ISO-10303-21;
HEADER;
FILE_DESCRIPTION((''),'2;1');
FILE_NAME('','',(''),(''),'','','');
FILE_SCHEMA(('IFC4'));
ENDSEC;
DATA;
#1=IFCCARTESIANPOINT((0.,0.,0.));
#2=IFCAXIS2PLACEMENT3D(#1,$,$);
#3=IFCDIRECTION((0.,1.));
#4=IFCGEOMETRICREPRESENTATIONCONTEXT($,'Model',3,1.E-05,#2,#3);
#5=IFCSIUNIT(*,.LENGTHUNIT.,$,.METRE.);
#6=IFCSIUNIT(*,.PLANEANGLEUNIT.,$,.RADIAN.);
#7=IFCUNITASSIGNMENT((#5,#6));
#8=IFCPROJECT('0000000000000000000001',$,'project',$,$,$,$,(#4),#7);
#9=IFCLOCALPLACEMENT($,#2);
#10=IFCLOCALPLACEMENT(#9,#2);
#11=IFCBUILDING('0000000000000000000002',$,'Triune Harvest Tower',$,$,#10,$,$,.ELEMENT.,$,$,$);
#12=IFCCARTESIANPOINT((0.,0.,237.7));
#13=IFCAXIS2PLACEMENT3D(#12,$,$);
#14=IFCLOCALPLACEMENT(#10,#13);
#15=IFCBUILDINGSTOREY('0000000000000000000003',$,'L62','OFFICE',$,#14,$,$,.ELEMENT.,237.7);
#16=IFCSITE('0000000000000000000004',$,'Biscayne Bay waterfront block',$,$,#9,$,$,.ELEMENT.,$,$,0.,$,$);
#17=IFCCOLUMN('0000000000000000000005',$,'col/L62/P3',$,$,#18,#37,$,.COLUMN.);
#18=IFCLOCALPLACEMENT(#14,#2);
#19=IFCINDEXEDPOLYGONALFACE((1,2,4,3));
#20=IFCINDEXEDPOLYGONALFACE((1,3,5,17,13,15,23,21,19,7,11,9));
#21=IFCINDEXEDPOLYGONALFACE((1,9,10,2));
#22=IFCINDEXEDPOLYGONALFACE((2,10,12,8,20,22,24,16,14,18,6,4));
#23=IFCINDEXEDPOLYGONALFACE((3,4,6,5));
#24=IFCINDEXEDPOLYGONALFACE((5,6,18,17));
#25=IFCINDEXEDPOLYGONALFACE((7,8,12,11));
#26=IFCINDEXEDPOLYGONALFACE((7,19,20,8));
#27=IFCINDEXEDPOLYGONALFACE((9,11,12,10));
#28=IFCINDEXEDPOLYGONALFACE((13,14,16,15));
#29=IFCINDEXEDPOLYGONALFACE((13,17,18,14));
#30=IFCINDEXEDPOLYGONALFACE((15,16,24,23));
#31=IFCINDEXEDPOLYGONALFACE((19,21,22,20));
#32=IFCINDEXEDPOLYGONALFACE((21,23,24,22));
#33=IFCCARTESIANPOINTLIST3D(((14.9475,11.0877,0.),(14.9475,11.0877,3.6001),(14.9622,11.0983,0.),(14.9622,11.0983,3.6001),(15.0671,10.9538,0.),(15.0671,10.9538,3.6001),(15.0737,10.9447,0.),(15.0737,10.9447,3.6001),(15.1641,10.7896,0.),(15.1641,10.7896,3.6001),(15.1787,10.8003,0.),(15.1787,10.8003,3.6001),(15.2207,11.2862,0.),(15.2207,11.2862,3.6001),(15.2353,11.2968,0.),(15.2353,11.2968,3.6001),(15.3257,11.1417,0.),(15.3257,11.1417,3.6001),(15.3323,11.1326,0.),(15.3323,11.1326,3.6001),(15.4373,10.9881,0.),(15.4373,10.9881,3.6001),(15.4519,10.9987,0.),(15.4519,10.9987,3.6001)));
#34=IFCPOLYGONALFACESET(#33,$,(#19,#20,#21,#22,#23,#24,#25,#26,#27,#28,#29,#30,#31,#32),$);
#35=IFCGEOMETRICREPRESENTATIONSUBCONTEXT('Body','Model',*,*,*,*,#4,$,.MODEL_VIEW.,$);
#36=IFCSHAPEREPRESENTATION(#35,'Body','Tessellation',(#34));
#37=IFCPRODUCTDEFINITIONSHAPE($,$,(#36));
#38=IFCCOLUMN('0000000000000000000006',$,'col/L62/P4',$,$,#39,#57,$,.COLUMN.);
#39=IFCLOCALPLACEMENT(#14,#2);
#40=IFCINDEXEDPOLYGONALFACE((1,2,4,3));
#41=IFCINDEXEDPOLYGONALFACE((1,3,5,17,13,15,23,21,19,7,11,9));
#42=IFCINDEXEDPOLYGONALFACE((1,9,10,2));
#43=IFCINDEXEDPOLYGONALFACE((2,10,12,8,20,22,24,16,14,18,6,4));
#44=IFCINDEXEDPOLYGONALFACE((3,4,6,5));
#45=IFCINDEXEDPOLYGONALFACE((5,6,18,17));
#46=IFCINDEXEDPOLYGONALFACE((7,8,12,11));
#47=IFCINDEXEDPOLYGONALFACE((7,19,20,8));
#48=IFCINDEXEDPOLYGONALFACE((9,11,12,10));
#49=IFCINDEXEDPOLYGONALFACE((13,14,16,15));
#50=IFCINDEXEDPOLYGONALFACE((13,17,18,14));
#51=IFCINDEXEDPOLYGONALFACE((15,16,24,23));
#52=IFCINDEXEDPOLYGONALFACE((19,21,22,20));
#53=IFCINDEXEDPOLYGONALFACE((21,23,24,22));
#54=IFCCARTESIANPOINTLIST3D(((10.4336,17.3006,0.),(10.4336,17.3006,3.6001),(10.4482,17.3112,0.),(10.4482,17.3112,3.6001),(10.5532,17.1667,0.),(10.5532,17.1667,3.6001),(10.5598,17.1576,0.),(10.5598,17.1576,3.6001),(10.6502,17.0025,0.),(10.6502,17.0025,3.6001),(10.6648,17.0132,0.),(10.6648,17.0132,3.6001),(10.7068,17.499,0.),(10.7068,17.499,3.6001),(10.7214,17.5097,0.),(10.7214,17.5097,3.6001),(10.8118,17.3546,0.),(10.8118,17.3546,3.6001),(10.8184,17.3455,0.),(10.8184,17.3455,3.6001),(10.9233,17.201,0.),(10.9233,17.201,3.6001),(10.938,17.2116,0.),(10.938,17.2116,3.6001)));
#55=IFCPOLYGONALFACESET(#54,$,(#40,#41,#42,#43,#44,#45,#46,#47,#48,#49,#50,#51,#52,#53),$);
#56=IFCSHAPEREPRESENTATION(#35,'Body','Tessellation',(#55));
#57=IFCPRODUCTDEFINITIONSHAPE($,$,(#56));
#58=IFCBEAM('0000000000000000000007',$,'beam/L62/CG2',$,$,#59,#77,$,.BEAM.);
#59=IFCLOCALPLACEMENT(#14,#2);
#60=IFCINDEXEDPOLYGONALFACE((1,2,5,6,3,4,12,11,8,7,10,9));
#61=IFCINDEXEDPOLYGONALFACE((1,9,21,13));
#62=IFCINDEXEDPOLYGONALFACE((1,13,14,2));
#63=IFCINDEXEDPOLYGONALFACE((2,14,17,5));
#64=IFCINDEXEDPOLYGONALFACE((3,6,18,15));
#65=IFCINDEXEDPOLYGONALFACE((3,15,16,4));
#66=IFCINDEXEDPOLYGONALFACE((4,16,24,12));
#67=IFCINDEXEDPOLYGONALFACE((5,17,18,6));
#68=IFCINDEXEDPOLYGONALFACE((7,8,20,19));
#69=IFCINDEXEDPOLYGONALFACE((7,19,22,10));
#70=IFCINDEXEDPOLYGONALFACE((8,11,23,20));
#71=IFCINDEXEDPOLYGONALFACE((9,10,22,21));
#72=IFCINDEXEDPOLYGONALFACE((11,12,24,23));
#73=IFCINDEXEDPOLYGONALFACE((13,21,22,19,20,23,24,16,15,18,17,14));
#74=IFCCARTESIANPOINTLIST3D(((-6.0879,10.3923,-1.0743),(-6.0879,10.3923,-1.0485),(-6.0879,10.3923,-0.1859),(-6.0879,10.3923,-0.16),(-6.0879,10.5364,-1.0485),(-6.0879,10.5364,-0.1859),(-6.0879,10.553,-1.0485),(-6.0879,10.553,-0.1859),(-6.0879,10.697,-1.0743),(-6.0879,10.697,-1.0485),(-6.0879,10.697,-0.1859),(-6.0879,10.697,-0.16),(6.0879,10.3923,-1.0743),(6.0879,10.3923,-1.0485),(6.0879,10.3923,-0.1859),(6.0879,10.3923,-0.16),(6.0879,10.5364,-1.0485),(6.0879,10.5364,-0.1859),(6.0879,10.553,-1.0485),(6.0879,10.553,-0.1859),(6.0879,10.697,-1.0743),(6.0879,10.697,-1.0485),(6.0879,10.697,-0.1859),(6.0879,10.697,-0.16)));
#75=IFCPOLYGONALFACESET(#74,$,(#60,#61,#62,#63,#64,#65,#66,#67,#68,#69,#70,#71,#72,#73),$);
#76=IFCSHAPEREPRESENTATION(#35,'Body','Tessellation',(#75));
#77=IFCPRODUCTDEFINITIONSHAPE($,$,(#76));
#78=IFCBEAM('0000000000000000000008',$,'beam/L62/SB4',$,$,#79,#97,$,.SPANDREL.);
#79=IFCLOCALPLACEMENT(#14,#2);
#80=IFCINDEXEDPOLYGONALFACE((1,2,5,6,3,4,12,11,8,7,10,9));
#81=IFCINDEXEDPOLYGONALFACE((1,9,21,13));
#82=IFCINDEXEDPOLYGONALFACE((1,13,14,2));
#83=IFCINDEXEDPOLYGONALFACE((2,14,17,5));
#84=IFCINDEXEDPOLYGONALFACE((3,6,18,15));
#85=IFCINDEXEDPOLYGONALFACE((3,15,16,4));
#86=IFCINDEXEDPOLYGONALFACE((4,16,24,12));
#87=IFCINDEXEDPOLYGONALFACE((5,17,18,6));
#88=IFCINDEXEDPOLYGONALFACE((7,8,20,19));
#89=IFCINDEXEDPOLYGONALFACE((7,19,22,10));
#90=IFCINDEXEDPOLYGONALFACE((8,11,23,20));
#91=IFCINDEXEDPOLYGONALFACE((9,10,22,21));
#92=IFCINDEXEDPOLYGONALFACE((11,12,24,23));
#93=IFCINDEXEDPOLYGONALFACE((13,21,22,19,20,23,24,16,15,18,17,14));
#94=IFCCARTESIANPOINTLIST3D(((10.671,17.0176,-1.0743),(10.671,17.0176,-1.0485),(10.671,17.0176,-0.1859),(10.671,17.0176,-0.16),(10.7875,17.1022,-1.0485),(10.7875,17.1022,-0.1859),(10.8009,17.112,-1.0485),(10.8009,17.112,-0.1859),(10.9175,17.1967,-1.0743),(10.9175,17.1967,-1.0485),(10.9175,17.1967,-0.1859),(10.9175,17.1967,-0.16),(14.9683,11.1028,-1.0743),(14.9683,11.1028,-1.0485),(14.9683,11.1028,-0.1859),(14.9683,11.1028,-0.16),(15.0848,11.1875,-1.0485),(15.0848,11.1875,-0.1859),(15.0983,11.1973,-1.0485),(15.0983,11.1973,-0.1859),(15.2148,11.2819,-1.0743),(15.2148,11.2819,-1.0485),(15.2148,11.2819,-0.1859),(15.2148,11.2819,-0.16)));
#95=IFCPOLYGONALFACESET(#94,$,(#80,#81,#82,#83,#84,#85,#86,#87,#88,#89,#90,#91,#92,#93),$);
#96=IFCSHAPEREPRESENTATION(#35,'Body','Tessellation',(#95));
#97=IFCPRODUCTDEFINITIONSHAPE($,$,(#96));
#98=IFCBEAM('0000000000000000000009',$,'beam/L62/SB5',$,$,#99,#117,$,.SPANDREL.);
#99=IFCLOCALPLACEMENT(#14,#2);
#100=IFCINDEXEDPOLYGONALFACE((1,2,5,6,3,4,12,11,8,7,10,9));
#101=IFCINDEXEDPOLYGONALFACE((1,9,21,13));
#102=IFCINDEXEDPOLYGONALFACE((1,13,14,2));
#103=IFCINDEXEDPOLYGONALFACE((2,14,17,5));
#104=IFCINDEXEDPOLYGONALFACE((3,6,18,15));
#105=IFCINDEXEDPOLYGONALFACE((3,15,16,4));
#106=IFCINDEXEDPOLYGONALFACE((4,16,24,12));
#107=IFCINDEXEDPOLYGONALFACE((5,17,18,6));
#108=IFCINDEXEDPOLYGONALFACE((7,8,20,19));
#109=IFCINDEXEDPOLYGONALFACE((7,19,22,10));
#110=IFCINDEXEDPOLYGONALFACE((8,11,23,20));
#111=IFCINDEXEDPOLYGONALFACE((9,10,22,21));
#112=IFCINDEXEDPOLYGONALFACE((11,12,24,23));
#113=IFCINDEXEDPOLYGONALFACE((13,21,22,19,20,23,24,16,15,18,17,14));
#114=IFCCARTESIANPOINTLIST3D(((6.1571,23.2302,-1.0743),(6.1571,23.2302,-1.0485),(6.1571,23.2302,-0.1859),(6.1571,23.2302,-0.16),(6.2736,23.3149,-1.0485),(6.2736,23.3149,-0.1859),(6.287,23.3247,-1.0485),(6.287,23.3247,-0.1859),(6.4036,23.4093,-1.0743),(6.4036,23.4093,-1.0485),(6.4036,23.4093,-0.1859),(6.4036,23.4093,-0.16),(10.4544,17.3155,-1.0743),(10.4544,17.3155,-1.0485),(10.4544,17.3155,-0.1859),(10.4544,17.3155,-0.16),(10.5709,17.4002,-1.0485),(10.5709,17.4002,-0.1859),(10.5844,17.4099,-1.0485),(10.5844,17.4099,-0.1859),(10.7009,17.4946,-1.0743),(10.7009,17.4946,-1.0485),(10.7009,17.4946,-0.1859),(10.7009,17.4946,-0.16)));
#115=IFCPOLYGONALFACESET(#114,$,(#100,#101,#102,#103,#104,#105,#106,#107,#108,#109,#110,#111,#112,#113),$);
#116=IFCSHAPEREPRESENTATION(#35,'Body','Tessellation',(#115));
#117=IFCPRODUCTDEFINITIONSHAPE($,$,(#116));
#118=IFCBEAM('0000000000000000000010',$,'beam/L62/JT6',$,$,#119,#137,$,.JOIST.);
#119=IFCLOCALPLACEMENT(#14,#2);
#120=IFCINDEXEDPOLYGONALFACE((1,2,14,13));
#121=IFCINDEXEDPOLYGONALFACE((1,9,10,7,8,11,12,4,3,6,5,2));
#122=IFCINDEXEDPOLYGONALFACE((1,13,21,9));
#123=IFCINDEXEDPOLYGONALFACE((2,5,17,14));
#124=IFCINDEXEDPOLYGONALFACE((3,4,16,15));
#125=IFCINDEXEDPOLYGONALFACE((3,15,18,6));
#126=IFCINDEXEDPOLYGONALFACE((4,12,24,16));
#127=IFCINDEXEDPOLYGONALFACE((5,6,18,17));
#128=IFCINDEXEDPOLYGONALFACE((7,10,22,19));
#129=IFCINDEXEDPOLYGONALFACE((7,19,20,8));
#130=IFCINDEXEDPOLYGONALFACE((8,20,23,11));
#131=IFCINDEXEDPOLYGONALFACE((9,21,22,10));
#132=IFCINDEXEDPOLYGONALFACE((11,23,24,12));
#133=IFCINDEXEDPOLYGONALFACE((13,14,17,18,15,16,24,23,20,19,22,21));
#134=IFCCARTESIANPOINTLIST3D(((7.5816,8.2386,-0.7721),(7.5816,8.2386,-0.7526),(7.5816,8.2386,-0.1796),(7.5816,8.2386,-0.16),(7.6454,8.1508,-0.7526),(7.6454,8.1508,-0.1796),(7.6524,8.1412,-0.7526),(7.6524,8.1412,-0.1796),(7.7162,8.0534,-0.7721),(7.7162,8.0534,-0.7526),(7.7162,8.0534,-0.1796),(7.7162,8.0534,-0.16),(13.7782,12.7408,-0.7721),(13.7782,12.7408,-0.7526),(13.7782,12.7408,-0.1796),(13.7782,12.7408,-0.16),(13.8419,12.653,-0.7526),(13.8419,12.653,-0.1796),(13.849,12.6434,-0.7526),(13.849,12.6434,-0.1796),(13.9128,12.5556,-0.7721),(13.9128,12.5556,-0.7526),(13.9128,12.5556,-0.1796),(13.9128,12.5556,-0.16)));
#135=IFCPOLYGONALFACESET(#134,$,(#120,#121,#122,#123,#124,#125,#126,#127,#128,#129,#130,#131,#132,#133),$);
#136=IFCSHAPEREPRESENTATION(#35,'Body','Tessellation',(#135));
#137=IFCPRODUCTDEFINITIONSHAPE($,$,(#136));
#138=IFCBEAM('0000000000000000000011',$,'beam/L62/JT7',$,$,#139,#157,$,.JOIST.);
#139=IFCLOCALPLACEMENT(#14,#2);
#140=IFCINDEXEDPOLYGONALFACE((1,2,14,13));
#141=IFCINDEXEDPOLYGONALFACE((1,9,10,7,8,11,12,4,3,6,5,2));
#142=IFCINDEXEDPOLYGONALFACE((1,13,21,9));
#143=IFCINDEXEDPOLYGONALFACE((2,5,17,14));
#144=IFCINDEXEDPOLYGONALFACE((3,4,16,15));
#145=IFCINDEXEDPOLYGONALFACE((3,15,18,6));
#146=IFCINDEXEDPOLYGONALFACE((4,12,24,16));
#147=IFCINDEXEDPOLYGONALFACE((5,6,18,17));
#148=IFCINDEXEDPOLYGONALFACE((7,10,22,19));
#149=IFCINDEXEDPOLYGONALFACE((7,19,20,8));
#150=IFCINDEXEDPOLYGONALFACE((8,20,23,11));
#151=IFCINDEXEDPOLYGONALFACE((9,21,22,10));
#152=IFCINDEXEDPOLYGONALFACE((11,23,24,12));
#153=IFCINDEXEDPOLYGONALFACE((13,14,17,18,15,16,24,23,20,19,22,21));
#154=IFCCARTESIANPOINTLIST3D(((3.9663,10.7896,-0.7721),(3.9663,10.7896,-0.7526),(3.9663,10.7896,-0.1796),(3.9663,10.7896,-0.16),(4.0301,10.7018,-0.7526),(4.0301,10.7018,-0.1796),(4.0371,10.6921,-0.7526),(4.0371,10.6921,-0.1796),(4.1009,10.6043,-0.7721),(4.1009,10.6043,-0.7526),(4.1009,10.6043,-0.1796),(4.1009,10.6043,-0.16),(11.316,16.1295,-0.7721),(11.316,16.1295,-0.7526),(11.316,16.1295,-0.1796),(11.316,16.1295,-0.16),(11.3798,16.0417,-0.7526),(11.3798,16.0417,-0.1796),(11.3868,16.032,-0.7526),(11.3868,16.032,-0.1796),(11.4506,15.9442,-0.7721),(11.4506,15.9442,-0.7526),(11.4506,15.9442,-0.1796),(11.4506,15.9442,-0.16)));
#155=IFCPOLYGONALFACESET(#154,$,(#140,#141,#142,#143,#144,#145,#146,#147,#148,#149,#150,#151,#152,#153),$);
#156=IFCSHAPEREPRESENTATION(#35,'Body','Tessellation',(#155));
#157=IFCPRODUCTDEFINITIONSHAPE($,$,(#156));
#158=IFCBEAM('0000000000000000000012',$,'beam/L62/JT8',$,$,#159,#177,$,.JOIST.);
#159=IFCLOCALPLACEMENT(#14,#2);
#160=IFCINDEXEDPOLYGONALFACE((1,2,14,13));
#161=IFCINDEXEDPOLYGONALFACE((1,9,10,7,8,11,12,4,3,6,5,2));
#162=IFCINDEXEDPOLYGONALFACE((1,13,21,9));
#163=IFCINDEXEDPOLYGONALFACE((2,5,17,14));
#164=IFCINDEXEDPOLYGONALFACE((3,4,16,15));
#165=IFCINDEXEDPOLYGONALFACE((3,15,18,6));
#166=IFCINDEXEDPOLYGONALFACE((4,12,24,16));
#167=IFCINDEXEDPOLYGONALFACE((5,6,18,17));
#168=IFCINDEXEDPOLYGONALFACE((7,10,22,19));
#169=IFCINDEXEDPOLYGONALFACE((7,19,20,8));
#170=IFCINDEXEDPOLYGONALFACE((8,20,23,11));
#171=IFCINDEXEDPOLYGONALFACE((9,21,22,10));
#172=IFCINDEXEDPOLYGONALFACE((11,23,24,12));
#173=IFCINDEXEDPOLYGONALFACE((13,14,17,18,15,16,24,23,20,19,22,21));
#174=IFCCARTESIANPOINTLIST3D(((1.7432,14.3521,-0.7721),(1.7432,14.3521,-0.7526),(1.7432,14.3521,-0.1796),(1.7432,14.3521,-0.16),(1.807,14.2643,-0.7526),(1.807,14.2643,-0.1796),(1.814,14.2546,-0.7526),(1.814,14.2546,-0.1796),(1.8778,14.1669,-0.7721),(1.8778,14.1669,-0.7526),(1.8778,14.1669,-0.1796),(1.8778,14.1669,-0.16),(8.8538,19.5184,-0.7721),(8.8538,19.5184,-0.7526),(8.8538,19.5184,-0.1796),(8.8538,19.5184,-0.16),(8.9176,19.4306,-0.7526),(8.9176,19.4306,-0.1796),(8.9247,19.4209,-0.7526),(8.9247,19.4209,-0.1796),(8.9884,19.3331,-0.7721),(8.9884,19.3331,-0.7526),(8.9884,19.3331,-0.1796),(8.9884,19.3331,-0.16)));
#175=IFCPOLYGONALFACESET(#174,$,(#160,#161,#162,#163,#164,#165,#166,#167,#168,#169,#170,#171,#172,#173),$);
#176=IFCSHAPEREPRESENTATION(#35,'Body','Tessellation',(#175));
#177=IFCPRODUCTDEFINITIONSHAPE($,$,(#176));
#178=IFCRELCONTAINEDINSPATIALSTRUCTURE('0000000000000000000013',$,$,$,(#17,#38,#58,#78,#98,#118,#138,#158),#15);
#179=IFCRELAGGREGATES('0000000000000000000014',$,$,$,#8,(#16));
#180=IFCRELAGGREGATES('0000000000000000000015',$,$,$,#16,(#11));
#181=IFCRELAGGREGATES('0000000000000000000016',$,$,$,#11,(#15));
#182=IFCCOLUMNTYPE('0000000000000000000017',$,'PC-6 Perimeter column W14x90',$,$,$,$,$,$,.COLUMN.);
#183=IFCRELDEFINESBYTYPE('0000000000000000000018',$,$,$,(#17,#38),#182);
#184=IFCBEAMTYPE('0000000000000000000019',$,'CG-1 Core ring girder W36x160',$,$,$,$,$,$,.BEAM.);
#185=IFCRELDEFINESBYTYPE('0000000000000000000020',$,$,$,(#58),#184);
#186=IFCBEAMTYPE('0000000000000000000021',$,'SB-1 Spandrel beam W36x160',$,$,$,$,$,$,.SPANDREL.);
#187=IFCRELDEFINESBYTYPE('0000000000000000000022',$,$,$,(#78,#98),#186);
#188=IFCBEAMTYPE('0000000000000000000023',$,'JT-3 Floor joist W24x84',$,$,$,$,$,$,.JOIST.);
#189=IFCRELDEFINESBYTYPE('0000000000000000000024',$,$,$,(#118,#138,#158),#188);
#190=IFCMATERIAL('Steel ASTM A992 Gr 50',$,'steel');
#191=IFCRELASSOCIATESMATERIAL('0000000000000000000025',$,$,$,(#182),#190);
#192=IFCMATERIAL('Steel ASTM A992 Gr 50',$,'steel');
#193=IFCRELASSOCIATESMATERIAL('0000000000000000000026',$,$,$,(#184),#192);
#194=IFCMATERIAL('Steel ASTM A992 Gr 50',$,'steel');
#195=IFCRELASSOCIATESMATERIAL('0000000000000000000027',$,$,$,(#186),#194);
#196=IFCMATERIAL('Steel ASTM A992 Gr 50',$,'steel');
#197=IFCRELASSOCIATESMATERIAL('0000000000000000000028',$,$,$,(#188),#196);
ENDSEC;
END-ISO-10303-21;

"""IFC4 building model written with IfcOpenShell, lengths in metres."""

from ifc_helpers import new_model, si_unit, direction, frame, origin, origin_2d, place, context, subcontext, project, spatial, i_section, extrude, source, transform, mapped, material, material_profile, profile_set, type_object, element, save


model = new_model("IFC4")

# Units and contexts
model_context = context("Model", 3, precision=1e-05, world=origin(), true_north=direction((0.0, 1.0)))
body_context = subcontext(model_context, "Body", "Model", "MODEL_VIEW")
ifc_project = project(units=[si_unit("LENGTHUNIT", "METRE"), si_unit("PLANEANGLEUNIT", "RADIAN")], contexts=[model_context])

# Site, building, storey
site_placement = place(None, origin())
site = spatial("IfcSite", under=ifc_project, at=site_placement, Name="Biscayne Bay waterfront block", CompositionType="ELEMENT", RefElevation=0.0)
building_placement = place(site_placement, origin())
building = spatial("IfcBuilding", under=site, at=building_placement, Name="Triune Harvest Tower", CompositionType="ELEMENT")
storey_placement = place(building_placement, frame((0.0, 0.0, 237.7)))
storey = spatial("IfcBuildingStorey", under=building, at=storey_placement, Name="L62", Description="OFFICE", CompositionType="ELEMENT", Elevation=237.7)

# Columns
ifc_material_1 = material(Name="Steel ASTM A992 Gr 50", Category="steel")
ifc_material_profile_1 = material_profile(ifc_material_1, i_section(OverallWidth=0.3684, OverallDepth=0.3557, WebThickness=0.0112, FlangeThickness=0.0181, at=origin_2d()), Name="W14x90")
ifc_profile_set_1 = profile_set([ifc_material_profile_1], Name="Steel ASTM A992 Gr 50")
column_type = type_object("IfcColumnType", Name="PC-6 Perimeter column W14x90", PredefinedType="COLUMN", material=ifc_profile_set_1)
shared_shape_1 = source(origin(), body_context, "Body", "SweptSolid", [
    extrude(i_section(OverallWidth=0.3684, OverallDepth=0.3557, WebThickness=0.0112, FlangeThickness=0.0181, at=origin_2d()), origin(), (0.0, 0.0, 1.0), 3.6001),
])
for number, where, z_axis, x_axis, name in (
    (1, (15.1997, 11.0432, 0.0), (0.0, 0.0, 1.0), (-0.587785, 0.809017, 0.0), "col/L62/P3"),
    (2, (10.6858, 17.2561, 0.0), (0.0, 0.0, 1.0), (-0.587785, 0.809017, 0.0), "col/L62/P4"),
):
    element("IfcColumn", number, at=place(storey_placement, frame(where, z_axis=z_axis, x_axis=x_axis)), inside=storey, type_object=column_type, Name=name, PredefinedType="COLUMN", context=body_context, shape_type="MappedRepresentation", body=[
        mapped(shared_shape_1, transform((0.0, 0.0, 0.0), scale=1.0)),
    ])

# Beams
ifc_material_2 = material(Name="Steel ASTM A992 Gr 50", Category="steel")
ifc_material_profile_2 = material_profile(ifc_material_2, i_section(OverallWidth=0.3047, OverallDepth=0.9143, WebThickness=0.0166, FlangeThickness=0.0259, at=origin_2d()), Name="W36x160")
ifc_profile_set_2 = profile_set([ifc_material_profile_2], Name="Steel ASTM A992 Gr 50")
beam_type_1 = type_object("IfcBeamType", Name="CG-1 Core ring girder W36x160", PredefinedType="BEAM", material=ifc_profile_set_2)
shared_shape_2 = source(origin(), body_context, "Body", "SweptSolid", [
    extrude(i_section(OverallWidth=0.3047, OverallDepth=0.9143, WebThickness=0.0166, FlangeThickness=0.0259, at=origin_2d()), origin(), (0.0, 0.0, 1.0), 12.1758),
])
beam_1_placement = place(storey_placement, frame((6.0879, 10.5447, -0.6172), z_axis=(-1.0, 0.0, 0.0), x_axis=(0.0, -1.0, 0.0)))
element("IfcBeam", 3, at=beam_1_placement, inside=storey, type_object=beam_type_1, Name="beam/L62/CG2", PredefinedType="BEAM", context=body_context, shape_type="MappedRepresentation", body=[
    mapped(shared_shape_2, transform((0.0, 0.0, 0.0), scale=1.0)),
])
ifc_material_3 = material(Name="Steel ASTM A992 Gr 50", Category="steel")
ifc_material_profile_3 = material_profile(ifc_material_3, i_section(OverallWidth=0.3047, OverallDepth=0.9143, WebThickness=0.0166, FlangeThickness=0.0259, at=origin_2d()), Name="W36x160")
ifc_profile_set_3 = profile_set([ifc_material_profile_3], Name="Steel ASTM A992 Gr 50")
beam_type_2 = type_object("IfcBeamType", Name="SB-1 Spandrel beam W36x160", PredefinedType="SPANDREL", material=ifc_profile_set_3)
shared_shape_3 = source(origin(), body_context, "Body", "SweptSolid", [
    extrude(i_section(OverallWidth=0.3047, OverallDepth=0.9143, WebThickness=0.0166, FlangeThickness=0.0259, at=origin_2d()), origin(), (0.0, 0.0, 1.0), 7.311),
])
for number, where, z_axis, x_axis, name in (
    (4, (15.0916, 11.1924, -0.6172), (-0.587786, 0.809016, 0.0), (-0.809016, -0.587786, 0.0), "beam/L62/SB4"),
    (5, (10.5776, 17.405, -0.6172), (-0.587786, 0.809016, 0.0), (-0.809016, -0.587786, 0.0), "beam/L62/SB5"),
):
    element("IfcBeam", number, at=place(storey_placement, frame(where, z_axis=z_axis, x_axis=x_axis)), inside=storey, type_object=beam_type_2, Name=name, PredefinedType="SPANDREL", context=body_context, shape_type="MappedRepresentation", body=[
        mapped(shared_shape_3, transform((0.0, 0.0, 0.0), scale=1.0)),
    ])
ifc_material_4 = material(Name="Steel ASTM A992 Gr 50", Category="steel")
ifc_material_profile_4 = material_profile(ifc_material_4, i_section(OverallWidth=0.229, OverallDepth=0.6121, WebThickness=0.012, FlangeThickness=0.0195, at=origin_2d()), Name="W24x84")
ifc_profile_set_4 = profile_set([ifc_material_profile_4], Name="Steel ASTM A992 Gr 50")
beam_type_3 = type_object("IfcBeamType", Name="JT-3 Floor joist W24x84", PredefinedType="JOIST", material=ifc_profile_set_4)
shared_shape_4 = source(origin(), body_context, "Body", "SweptSolid", [
    extrude(i_section(OverallWidth=0.229, OverallDepth=0.6121, WebThickness=0.012, FlangeThickness=0.0195, at=origin_2d()), origin(), (0.0, 0.0, 1.0), 7.6594),
])
beam_2_placement = place(storey_placement, frame((13.8455, 12.6482, -0.4661), z_axis=(-0.809008, -0.587798, 0.0), x_axis=(0.587798, -0.809008, 0.0)))
element("IfcBeam", 6, at=beam_2_placement, inside=storey, type_object=beam_type_3, Name="beam/L62/JT6", PredefinedType="JOIST", context=body_context, shape_type="MappedRepresentation", body=[
    mapped(shared_shape_4, transform((0.0, 0.0, 0.0), scale=1.0)),
])
shared_shape_5 = source(origin(), body_context, "Body", "SweptSolid", [
    extrude(i_section(OverallWidth=0.229, OverallDepth=0.6121, WebThickness=0.012, FlangeThickness=0.0195, at=origin_2d()), origin(), (0.0, 0.0, 1.0), 9.0847),
])
beam_3_placement = place(storey_placement, frame((11.3833, 16.0369, -0.4661), z_axis=(-0.809015, -0.587788, 0.0), x_axis=(0.587788, -0.809015, 0.0)))
element("IfcBeam", 7, at=beam_3_placement, inside=storey, type_object=beam_type_3, Name="beam/L62/JT7", PredefinedType="JOIST", context=body_context, shape_type="MappedRepresentation", body=[
    mapped(shared_shape_5, transform((0.0, 0.0, 0.0), scale=1.0)),
])
shared_shape_6 = source(origin(), body_context, "Body", "SweptSolid", [
    extrude(i_section(OverallWidth=0.229, OverallDepth=0.6121, WebThickness=0.012, FlangeThickness=0.0195, at=origin_2d()), origin(), (0.0, 0.0, 1.0), 8.7893),
])
beam_4_placement = place(storey_placement, frame((8.9211, 19.4258, -0.4661), z_axis=(-0.809011, -0.587793, 0.0), x_axis=(0.587793, -0.809011, 0.0)))
element("IfcBeam", 8, at=beam_4_placement, inside=storey, type_object=beam_type_3, Name="beam/L62/JT8", PredefinedType="JOIST", context=body_context, shape_type="MappedRepresentation", body=[
    mapped(shared_shape_6, transform((0.0, 0.0, 0.0), scale=1.0)),
])

save(model, "model.ifc")
